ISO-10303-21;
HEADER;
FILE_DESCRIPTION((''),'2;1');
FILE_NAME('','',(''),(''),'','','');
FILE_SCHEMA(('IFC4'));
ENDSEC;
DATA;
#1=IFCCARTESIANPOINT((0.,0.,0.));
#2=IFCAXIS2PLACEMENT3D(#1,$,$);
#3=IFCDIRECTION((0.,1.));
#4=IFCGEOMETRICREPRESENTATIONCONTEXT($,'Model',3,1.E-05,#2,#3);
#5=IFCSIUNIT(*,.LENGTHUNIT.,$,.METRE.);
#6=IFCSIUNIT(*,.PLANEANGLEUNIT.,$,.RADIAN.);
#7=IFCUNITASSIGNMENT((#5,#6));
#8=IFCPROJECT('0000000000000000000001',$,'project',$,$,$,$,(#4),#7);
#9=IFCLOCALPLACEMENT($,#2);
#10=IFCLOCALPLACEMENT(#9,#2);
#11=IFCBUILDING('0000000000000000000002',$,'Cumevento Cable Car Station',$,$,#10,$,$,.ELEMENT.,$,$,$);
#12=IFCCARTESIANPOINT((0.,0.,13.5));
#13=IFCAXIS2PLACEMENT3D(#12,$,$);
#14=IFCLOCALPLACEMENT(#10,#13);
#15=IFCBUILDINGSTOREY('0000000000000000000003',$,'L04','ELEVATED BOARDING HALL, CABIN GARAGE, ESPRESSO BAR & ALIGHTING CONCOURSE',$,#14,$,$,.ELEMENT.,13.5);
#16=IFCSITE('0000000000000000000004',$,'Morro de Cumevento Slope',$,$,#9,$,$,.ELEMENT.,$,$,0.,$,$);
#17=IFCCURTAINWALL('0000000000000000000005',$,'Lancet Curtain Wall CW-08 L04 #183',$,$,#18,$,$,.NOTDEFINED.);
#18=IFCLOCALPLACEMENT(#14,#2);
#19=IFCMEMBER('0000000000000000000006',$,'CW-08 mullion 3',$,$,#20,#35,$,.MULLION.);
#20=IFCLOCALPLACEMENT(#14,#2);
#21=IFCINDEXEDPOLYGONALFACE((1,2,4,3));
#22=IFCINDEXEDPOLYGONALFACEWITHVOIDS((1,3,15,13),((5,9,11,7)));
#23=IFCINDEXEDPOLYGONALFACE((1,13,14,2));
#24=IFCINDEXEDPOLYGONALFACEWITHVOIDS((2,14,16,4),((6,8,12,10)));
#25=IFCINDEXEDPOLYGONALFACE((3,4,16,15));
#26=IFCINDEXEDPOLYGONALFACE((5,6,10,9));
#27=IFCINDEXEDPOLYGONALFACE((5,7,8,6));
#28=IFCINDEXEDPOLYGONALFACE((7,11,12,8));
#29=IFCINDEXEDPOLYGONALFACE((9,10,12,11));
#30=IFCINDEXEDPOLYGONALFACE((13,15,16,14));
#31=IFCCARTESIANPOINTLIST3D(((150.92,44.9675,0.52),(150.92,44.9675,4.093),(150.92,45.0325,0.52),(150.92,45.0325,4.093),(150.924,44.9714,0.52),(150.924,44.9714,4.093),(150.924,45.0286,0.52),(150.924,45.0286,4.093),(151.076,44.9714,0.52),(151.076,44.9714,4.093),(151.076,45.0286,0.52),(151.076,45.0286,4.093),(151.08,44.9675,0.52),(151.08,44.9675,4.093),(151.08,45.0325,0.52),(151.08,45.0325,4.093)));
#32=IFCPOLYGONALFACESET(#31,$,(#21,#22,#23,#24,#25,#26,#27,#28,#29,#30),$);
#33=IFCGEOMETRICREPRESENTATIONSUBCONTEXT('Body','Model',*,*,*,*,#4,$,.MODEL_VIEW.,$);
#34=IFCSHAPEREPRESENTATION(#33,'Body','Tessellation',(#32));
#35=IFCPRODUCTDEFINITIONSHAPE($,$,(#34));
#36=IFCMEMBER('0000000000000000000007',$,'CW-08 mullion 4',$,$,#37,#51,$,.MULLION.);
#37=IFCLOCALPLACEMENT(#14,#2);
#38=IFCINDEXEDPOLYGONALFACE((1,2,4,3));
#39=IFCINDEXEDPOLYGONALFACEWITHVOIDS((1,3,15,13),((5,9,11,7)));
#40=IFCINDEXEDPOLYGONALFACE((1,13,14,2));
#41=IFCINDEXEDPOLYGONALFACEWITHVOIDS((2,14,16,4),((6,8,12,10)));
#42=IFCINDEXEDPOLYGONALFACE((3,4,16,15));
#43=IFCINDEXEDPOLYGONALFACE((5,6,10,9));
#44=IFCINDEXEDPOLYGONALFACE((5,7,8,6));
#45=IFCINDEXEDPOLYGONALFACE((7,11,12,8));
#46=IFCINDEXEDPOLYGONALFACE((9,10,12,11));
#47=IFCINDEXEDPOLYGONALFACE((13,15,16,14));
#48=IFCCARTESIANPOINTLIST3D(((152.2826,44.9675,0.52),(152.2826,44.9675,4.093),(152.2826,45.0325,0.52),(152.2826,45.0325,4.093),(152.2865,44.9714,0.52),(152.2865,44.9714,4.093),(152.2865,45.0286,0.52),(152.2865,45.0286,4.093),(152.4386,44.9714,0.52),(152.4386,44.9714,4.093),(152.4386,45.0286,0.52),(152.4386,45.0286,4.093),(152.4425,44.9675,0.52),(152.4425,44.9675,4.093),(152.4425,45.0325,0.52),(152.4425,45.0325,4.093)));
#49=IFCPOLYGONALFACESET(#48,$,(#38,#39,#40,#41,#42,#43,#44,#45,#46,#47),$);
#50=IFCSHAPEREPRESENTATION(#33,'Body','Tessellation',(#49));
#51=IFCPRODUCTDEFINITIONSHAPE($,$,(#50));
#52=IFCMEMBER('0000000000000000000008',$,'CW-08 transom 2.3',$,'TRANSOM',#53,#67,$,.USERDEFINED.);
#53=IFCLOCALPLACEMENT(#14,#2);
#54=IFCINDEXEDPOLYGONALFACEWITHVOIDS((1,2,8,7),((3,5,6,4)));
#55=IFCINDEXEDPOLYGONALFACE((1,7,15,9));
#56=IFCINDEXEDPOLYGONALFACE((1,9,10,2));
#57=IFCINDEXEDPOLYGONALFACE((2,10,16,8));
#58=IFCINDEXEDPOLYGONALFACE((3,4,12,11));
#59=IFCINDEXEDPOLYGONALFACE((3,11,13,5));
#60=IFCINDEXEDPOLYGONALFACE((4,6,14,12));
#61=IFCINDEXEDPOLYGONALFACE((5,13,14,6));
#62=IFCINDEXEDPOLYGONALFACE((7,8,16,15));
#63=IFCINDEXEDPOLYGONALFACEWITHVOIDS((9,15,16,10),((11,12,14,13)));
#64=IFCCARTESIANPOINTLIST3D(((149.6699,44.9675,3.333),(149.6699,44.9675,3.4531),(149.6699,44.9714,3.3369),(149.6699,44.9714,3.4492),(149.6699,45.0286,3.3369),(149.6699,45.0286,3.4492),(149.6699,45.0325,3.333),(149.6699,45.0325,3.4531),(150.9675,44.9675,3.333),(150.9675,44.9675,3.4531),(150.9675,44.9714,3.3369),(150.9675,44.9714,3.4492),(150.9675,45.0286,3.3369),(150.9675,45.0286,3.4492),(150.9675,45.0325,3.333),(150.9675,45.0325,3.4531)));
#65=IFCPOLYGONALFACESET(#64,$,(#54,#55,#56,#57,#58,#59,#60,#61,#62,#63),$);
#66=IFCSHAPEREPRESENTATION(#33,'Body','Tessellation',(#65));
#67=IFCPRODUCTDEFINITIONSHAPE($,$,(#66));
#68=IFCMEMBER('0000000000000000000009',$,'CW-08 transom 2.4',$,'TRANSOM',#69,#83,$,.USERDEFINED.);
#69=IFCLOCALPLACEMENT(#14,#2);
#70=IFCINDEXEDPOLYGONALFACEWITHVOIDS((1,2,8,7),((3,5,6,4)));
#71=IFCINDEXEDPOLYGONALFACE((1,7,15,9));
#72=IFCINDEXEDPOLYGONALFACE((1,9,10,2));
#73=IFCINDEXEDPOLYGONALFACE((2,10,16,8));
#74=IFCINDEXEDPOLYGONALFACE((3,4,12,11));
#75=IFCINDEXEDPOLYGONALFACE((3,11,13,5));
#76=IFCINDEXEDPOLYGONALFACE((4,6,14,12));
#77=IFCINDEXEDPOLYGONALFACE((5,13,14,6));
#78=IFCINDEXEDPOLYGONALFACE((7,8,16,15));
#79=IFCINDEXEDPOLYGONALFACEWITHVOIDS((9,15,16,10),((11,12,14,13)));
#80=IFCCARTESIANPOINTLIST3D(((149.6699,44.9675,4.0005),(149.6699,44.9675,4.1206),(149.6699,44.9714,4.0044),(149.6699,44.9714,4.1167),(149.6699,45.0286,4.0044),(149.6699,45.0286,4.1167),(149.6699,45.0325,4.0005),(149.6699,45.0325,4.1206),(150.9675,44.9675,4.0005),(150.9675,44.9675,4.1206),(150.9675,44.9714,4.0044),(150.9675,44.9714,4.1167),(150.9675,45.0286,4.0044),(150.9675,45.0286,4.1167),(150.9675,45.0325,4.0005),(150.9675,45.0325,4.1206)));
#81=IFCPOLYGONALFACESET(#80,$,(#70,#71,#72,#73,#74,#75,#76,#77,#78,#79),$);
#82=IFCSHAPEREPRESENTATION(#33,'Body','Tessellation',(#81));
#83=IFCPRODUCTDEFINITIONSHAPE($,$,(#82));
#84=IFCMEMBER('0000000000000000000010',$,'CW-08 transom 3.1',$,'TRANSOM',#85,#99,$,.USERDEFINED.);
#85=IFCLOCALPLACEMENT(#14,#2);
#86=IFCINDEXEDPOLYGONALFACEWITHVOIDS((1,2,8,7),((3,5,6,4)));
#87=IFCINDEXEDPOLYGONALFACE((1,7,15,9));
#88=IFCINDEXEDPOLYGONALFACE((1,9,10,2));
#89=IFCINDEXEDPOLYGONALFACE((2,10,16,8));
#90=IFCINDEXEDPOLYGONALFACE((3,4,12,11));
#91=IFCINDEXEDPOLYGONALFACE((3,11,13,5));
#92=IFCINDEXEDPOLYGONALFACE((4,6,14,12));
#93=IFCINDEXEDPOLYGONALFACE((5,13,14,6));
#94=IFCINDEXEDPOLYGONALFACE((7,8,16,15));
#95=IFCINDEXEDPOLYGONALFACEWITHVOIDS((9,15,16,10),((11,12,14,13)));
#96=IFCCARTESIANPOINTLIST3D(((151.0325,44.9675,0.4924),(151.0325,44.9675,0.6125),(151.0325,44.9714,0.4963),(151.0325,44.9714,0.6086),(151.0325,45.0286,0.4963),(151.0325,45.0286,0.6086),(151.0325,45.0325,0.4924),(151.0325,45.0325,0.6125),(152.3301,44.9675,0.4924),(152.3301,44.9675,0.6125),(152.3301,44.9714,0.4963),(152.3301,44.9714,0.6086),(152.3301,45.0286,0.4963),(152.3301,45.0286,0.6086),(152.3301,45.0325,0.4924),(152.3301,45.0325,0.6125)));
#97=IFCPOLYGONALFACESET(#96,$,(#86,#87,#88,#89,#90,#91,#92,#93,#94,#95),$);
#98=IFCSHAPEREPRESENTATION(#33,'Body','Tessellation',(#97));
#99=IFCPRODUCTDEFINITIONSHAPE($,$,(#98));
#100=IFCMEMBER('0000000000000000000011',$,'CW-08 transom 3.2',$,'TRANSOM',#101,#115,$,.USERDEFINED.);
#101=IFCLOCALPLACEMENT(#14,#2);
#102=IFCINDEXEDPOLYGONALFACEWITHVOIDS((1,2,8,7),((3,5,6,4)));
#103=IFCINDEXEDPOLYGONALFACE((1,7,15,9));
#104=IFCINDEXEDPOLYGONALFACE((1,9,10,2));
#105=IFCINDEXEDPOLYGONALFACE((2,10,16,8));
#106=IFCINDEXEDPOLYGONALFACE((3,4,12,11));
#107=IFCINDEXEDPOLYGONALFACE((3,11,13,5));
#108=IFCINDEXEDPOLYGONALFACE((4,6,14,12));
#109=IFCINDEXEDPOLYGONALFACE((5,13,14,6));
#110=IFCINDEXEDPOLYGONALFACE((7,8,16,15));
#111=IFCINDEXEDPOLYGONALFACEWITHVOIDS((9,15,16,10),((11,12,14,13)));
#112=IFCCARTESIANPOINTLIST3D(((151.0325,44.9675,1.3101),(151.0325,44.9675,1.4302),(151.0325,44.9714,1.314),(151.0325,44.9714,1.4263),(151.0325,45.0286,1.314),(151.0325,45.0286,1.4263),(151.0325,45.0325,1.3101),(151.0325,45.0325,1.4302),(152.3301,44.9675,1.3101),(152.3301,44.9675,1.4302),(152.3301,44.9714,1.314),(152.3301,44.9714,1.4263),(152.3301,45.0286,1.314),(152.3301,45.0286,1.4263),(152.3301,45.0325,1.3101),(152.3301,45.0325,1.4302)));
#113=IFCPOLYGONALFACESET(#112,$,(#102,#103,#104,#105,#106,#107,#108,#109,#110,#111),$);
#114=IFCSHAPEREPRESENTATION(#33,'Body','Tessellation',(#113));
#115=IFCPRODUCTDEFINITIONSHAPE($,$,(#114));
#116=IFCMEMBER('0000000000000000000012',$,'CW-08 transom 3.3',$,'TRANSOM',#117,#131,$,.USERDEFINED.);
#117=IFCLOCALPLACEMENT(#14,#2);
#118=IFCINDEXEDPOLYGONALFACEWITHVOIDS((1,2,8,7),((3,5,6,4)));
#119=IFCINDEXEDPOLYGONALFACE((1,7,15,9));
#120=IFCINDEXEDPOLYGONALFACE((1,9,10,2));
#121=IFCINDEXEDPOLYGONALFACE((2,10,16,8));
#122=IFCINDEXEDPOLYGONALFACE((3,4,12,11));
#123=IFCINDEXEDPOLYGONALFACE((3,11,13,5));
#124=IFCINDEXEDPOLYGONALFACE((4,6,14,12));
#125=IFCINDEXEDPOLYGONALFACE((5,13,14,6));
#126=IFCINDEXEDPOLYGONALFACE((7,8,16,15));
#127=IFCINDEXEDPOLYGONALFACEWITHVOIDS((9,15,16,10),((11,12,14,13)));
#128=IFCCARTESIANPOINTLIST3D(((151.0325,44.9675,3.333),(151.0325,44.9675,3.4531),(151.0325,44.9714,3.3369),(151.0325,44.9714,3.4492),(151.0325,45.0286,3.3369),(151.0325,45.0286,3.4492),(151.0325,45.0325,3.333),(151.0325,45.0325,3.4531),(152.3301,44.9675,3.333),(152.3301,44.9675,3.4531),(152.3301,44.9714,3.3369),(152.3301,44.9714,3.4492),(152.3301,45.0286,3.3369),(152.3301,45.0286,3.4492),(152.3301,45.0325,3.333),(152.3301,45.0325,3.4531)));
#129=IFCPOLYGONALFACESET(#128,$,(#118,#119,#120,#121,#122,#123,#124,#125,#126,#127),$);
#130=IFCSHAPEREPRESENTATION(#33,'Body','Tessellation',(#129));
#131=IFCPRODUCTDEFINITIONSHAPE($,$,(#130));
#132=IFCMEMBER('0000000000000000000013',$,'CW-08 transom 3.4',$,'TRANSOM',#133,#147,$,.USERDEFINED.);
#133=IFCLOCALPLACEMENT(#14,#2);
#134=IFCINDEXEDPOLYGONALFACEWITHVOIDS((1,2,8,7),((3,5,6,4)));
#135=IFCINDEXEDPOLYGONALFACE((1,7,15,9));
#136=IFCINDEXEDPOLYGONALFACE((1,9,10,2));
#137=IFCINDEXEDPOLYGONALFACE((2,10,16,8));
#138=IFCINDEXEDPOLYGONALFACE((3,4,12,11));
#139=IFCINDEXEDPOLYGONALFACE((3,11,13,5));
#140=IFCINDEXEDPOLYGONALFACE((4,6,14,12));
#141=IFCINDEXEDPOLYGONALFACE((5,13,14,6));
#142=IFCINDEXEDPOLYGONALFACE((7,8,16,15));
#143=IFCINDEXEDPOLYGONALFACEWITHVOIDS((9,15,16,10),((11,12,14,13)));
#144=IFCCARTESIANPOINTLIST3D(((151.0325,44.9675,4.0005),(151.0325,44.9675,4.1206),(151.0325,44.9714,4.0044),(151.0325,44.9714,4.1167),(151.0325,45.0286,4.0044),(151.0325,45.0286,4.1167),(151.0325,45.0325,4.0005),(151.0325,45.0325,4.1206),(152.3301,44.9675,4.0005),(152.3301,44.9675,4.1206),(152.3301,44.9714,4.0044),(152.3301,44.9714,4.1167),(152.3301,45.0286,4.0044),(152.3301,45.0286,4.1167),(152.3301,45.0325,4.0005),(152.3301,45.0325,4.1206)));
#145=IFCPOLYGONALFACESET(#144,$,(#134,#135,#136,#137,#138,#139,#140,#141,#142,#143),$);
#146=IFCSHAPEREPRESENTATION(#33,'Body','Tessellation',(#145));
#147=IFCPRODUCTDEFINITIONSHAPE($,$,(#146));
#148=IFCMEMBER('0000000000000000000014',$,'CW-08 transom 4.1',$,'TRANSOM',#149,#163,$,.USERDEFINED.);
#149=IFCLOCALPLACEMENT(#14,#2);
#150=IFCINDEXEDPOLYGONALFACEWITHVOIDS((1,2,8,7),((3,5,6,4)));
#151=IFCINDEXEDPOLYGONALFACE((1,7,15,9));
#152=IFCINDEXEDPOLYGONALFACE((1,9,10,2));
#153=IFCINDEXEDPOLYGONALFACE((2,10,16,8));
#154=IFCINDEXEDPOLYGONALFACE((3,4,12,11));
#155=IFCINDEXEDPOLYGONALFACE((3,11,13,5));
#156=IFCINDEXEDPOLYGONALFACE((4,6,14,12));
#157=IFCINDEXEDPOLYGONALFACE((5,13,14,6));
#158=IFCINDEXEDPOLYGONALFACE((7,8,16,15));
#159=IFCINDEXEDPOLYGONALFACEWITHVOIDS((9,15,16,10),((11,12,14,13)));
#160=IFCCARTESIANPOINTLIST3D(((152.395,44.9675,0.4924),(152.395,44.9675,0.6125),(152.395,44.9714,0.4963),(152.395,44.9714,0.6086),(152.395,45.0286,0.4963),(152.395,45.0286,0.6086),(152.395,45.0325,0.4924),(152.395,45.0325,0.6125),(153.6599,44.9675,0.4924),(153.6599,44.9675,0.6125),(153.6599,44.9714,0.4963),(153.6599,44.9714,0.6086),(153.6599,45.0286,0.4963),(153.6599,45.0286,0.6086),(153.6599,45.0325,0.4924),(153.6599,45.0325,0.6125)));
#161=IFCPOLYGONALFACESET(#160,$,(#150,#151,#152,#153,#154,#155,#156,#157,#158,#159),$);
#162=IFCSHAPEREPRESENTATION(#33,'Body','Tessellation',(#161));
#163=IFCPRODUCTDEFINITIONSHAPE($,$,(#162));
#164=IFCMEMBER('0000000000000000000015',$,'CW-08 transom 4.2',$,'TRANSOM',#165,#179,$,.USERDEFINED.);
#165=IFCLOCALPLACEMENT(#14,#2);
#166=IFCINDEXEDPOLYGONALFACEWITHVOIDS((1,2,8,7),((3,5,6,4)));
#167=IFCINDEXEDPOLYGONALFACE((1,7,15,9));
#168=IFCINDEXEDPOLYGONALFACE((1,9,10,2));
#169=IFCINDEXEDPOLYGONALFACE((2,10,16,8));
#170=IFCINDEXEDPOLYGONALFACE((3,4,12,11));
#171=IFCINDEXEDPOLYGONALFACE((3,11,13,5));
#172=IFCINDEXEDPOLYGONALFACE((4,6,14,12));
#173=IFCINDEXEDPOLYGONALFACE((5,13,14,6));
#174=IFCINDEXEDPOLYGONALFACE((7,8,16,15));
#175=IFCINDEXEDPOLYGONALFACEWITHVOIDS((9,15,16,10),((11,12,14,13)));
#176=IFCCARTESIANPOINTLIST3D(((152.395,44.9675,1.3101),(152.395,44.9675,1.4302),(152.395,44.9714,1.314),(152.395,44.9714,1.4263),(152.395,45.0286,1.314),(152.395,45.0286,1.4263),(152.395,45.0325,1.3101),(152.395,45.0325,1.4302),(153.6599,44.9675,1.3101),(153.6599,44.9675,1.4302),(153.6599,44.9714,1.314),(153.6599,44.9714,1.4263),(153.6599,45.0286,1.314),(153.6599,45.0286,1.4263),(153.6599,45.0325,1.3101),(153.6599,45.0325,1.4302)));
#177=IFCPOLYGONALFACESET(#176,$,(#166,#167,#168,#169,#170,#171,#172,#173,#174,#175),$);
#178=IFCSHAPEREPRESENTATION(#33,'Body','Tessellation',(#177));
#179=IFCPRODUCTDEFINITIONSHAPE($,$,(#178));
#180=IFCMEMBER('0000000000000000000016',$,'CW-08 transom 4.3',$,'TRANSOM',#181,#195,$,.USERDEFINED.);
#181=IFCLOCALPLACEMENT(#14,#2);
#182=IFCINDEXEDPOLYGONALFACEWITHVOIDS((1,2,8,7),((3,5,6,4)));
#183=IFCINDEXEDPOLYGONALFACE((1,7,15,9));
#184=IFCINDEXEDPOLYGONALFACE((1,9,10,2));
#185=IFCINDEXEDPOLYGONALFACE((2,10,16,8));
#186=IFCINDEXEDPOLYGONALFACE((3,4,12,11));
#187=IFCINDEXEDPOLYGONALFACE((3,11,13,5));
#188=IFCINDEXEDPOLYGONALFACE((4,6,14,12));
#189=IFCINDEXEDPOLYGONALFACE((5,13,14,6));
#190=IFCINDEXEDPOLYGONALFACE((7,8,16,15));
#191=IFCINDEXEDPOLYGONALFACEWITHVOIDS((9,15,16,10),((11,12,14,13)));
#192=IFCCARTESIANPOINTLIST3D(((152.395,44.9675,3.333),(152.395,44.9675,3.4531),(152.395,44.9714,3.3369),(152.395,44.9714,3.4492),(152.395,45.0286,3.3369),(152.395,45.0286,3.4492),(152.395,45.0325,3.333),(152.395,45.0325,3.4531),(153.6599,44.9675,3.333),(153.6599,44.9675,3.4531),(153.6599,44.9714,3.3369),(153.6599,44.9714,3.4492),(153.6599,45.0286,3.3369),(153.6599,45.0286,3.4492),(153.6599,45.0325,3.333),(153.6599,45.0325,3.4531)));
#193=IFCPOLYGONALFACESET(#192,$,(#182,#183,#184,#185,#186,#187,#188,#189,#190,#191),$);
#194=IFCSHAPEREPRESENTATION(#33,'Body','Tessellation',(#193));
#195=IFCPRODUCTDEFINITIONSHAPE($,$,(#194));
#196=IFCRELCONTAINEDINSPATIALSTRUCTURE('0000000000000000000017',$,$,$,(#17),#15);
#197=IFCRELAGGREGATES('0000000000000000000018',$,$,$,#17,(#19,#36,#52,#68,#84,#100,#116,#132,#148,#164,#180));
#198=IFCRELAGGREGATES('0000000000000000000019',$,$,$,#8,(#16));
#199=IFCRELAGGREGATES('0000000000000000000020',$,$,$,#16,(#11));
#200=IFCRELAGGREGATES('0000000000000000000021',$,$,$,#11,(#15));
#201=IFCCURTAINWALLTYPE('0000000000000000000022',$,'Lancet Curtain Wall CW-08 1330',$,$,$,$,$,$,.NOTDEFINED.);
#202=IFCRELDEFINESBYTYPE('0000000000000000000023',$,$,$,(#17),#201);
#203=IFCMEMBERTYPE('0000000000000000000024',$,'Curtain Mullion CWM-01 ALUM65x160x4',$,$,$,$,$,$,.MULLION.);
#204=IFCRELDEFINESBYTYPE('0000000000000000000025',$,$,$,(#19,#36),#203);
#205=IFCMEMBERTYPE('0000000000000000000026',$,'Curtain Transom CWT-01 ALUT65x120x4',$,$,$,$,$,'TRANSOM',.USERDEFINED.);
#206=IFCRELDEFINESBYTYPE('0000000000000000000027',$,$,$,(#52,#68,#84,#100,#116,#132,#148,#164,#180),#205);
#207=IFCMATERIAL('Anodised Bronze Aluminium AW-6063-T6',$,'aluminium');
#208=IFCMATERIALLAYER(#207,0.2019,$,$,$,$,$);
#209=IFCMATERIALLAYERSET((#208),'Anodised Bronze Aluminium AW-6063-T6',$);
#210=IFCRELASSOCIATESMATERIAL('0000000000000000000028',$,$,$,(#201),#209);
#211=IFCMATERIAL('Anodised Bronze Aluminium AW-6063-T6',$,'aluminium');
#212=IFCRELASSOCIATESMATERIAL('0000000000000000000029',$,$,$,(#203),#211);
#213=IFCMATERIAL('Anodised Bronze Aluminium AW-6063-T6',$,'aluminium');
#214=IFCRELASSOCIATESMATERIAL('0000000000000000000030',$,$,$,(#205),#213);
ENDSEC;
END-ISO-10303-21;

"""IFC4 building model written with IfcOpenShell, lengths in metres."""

from ifc_helpers import new_model, si_unit, direction, frame, origin, origin_2d, place, context, subcontext, project, spatial, hollow_rectangle, extrude, material, layer, layer_set, material_profile, profile_set, type_object, element, aggregate, save


model = new_model("IFC4")

# Units and contexts
model_context = context("Model", 3, precision=1e-05, world=origin(), true_north=direction((0.0, 1.0)))
body_context = subcontext(model_context, "Body", "Model", "MODEL_VIEW")
ifc_project = project(units=[si_unit("LENGTHUNIT", "METRE"), si_unit("PLANEANGLEUNIT", "RADIAN")], contexts=[model_context])

# Site, building, storey
site_placement = place(None, origin())
site = spatial("IfcSite", under=ifc_project, at=site_placement, Name="Morro de Cumevento Slope", CompositionType="ELEMENT", RefElevation=0.0)
building_placement = place(site_placement, origin())
building = spatial("IfcBuilding", under=site, at=building_placement, Name="Cumevento Cable Car Station", CompositionType="ELEMENT")
storey_placement = place(building_placement, frame((0.0, 0.0, 13.5)))
storey = spatial("IfcBuildingStorey", under=building, at=storey_placement, Name="L04", Description="ELEVATED BOARDING HALL, CABIN GARAGE, ESPRESSO BAR & ALIGHTING CONCOURSE", CompositionType="ELEMENT", Elevation=13.5)

# Curtain wall, members
ifc_material_1 = material(Name="Anodised Bronze Aluminium AW-6063-T6", Category="aluminium")
ifc_layer_1 = layer(ifc_material_1, 0.2019)
ifc_layer_set_1 = layer_set([ifc_layer_1], Name="Anodised Bronze Aluminium AW-6063-T6")
curtain_wall_type = type_object("IfcCurtainWallType", Name="Lancet Curtain Wall CW-08 1330", PredefinedType="NOTDEFINED", material=ifc_layer_set_1)
curtain_wall_placement = place(storey_placement, origin())
curtain_wall = element("IfcCurtainWall", 1, at=curtain_wall_placement, inside=storey, type_object=curtain_wall_type, Name="Lancet Curtain Wall CW-08 L04 #183", PredefinedType="NOTDEFINED")
ifc_material_2 = material(Name="Anodised Bronze Aluminium AW-6063-T6", Category="aluminium")
ifc_material_profile_1 = material_profile(ifc_material_2, hollow_rectangle(XDim=0.0649, YDim=0.1599, WallThickness=0.0039, at=origin_2d()), Name="ALUM65x160x4")
ifc_profile_set_1 = profile_set([ifc_material_profile_1], Name="Anodised Bronze Aluminium AW-6063-T6")
member_type_1 = type_object("IfcMemberType", Name="Curtain Mullion CWM-01 ALUM65x160x4", PredefinedType="MULLION", material=ifc_profile_set_1)
member_1_placement = place(storey_placement, frame((151.0, 45.0, 0.52), z_axis=(0.0, 0.0, 1.0), x_axis=(0.0, 1.0, 0.0)))
member_1 = element("IfcMember", 2, at=member_1_placement, type_object=member_type_1, Name="CW-08 mullion 3", PredefinedType="MULLION", context=body_context, shape_type="SweptSolid", body=[
    extrude(hollow_rectangle(XDim=0.0649, YDim=0.1599, WallThickness=0.0039, at=origin_2d()), origin(), (0.0, 0.0, 1.0), 3.573),
])
member_2_placement = place(storey_placement, frame((152.3625, 45.0, 0.52), z_axis=(0.0, 0.0, 1.0), x_axis=(0.0, 1.0, 0.0)))
member_2 = element("IfcMember", 3, at=member_2_placement, type_object=member_type_1, Name="CW-08 mullion 4", PredefinedType="MULLION", context=body_context, shape_type="SweptSolid", body=[
    extrude(hollow_rectangle(XDim=0.0649, YDim=0.1599, WallThickness=0.0039, at=origin_2d()), origin(), (0.0, 0.0, 1.0), 3.573),
])
ifc_material_3 = material(Name="Anodised Bronze Aluminium AW-6063-T6", Category="aluminium")
ifc_material_profile_2 = material_profile(ifc_material_3, hollow_rectangle(XDim=0.0649, YDim=0.1201, WallThickness=0.0039, at=origin_2d()), Name="ALUT65x120x4")
ifc_profile_set_2 = profile_set([ifc_material_profile_2], Name="Anodised Bronze Aluminium AW-6063-T6")
member_type_2 = type_object("IfcMemberType", Name="Curtain Transom CWT-01 ALUT65x120x4", ElementType="TRANSOM", PredefinedType="USERDEFINED", material=ifc_profile_set_2)
member_3_placement = place(storey_placement, frame((149.6699, 45.0, 3.3931), z_axis=(1.0, 0.0, 0.0), x_axis=(0.0, 1.0, 0.0)))
member_3 = element("IfcMember", 4, at=member_3_placement, type_object=member_type_2, Name="CW-08 transom 2.3", ObjectType="TRANSOM", PredefinedType="USERDEFINED", context=body_context, shape_type="SweptSolid", body=[
    extrude(hollow_rectangle(XDim=0.0649, YDim=0.1201, WallThickness=0.0039, at=origin_2d()), origin(), (0.0, 0.0, 1.0), 1.2976),
])
member_4_placement = place(storey_placement, frame((149.6699, 45.0, 4.0605), z_axis=(1.0, 0.0, 0.0), x_axis=(0.0, 1.0, 0.0)))
member_4 = element("IfcMember", 5, at=member_4_placement, type_object=member_type_2, Name="CW-08 transom 2.4", ObjectType="TRANSOM", PredefinedType="USERDEFINED", context=body_context, shape_type="SweptSolid", body=[
    extrude(hollow_rectangle(XDim=0.0649, YDim=0.1201, WallThickness=0.0039, at=origin_2d()), origin(), (0.0, 0.0, 1.0), 1.2976),
])
member_5_placement = place(storey_placement, frame((151.0325, 45.0, 0.5525), z_axis=(1.0, 0.0, 0.0), x_axis=(0.0, 1.0, 0.0)))
member_5 = element("IfcMember", 6, at=member_5_placement, type_object=member_type_2, Name="CW-08 transom 3.1", ObjectType="TRANSOM", PredefinedType="USERDEFINED", context=body_context, shape_type="SweptSolid", body=[
    extrude(hollow_rectangle(XDim=0.0649, YDim=0.1201, WallThickness=0.0039, at=origin_2d()), origin(), (0.0, 0.0, 1.0), 1.2976),
])
member_6_placement = place(storey_placement, frame((151.0325, 45.0, 1.3701), z_axis=(1.0, 0.0, 0.0), x_axis=(0.0, 1.0, 0.0)))
member_6 = element("IfcMember", 7, at=member_6_placement, type_object=member_type_2, Name="CW-08 transom 3.2", ObjectType="TRANSOM", PredefinedType="USERDEFINED", context=body_context, shape_type="SweptSolid", body=[
    extrude(hollow_rectangle(XDim=0.0649, YDim=0.1201, WallThickness=0.0039, at=origin_2d()), origin(), (0.0, 0.0, 1.0), 1.2976),
])
member_7_placement = place(storey_placement, frame((151.0325, 45.0, 3.3931), z_axis=(1.0, 0.0, 0.0), x_axis=(0.0, 1.0, 0.0)))
member_7 = element("IfcMember", 8, at=member_7_placement, type_object=member_type_2, Name="CW-08 transom 3.3", ObjectType="TRANSOM", PredefinedType="USERDEFINED", context=body_context, shape_type="SweptSolid", body=[
    extrude(hollow_rectangle(XDim=0.0649, YDim=0.1201, WallThickness=0.0039, at=origin_2d()), origin(), (0.0, 0.0, 1.0), 1.2976),
])
member_8_placement = place(storey_placement, frame((151.0325, 45.0, 4.0605), z_axis=(1.0, 0.0, 0.0), x_axis=(0.0, 1.0, 0.0)))
member_8 = element("IfcMember", 9, at=member_8_placement, type_object=member_type_2, Name="CW-08 transom 3.4", ObjectType="TRANSOM", PredefinedType="USERDEFINED", context=body_context, shape_type="SweptSolid", body=[
    extrude(hollow_rectangle(XDim=0.0649, YDim=0.1201, WallThickness=0.0039, at=origin_2d()), origin(), (0.0, 0.0, 1.0), 1.2976),
])
member_9_placement = place(storey_placement, frame((152.395, 45.0, 0.5525), z_axis=(1.0, 0.0, 0.0), x_axis=(0.0, 1.0, 0.0)))
member_9 = element("IfcMember", 10, at=member_9_placement, type_object=member_type_2, Name="CW-08 transom 4.1", ObjectType="TRANSOM", PredefinedType="USERDEFINED", context=body_context, shape_type="SweptSolid", body=[
    extrude(hollow_rectangle(XDim=0.0649, YDim=0.1201, WallThickness=0.0039, at=origin_2d()), origin(), (0.0, 0.0, 1.0), 1.2649),
])
member_10_placement = place(storey_placement, frame((152.395, 45.0, 1.3701), z_axis=(1.0, 0.0, 0.0), x_axis=(0.0, 1.0, 0.0)))
member_10 = element("IfcMember", 11, at=member_10_placement, type_object=member_type_2, Name="CW-08 transom 4.2", ObjectType="TRANSOM", PredefinedType="USERDEFINED", context=body_context, shape_type="SweptSolid", body=[
    extrude(hollow_rectangle(XDim=0.0649, YDim=0.1201, WallThickness=0.0039, at=origin_2d()), origin(), (0.0, 0.0, 1.0), 1.2649),
])
member_11_placement = place(storey_placement, frame((152.395, 45.0, 3.3931), z_axis=(1.0, 0.0, 0.0), x_axis=(0.0, 1.0, 0.0)))
member_11 = element("IfcMember", 12, at=member_11_placement, type_object=member_type_2, Name="CW-08 transom 4.3", ObjectType="TRANSOM", PredefinedType="USERDEFINED", context=body_context, shape_type="SweptSolid", body=[
    extrude(hollow_rectangle(XDim=0.0649, YDim=0.1201, WallThickness=0.0039, at=origin_2d()), origin(), (0.0, 0.0, 1.0), 1.2649),
])
aggregate(curtain_wall, [member_1, member_2, member_3, member_4, member_5, member_6, member_7, member_8, member_9, member_10, member_11])

save(model, "model.ifc")
